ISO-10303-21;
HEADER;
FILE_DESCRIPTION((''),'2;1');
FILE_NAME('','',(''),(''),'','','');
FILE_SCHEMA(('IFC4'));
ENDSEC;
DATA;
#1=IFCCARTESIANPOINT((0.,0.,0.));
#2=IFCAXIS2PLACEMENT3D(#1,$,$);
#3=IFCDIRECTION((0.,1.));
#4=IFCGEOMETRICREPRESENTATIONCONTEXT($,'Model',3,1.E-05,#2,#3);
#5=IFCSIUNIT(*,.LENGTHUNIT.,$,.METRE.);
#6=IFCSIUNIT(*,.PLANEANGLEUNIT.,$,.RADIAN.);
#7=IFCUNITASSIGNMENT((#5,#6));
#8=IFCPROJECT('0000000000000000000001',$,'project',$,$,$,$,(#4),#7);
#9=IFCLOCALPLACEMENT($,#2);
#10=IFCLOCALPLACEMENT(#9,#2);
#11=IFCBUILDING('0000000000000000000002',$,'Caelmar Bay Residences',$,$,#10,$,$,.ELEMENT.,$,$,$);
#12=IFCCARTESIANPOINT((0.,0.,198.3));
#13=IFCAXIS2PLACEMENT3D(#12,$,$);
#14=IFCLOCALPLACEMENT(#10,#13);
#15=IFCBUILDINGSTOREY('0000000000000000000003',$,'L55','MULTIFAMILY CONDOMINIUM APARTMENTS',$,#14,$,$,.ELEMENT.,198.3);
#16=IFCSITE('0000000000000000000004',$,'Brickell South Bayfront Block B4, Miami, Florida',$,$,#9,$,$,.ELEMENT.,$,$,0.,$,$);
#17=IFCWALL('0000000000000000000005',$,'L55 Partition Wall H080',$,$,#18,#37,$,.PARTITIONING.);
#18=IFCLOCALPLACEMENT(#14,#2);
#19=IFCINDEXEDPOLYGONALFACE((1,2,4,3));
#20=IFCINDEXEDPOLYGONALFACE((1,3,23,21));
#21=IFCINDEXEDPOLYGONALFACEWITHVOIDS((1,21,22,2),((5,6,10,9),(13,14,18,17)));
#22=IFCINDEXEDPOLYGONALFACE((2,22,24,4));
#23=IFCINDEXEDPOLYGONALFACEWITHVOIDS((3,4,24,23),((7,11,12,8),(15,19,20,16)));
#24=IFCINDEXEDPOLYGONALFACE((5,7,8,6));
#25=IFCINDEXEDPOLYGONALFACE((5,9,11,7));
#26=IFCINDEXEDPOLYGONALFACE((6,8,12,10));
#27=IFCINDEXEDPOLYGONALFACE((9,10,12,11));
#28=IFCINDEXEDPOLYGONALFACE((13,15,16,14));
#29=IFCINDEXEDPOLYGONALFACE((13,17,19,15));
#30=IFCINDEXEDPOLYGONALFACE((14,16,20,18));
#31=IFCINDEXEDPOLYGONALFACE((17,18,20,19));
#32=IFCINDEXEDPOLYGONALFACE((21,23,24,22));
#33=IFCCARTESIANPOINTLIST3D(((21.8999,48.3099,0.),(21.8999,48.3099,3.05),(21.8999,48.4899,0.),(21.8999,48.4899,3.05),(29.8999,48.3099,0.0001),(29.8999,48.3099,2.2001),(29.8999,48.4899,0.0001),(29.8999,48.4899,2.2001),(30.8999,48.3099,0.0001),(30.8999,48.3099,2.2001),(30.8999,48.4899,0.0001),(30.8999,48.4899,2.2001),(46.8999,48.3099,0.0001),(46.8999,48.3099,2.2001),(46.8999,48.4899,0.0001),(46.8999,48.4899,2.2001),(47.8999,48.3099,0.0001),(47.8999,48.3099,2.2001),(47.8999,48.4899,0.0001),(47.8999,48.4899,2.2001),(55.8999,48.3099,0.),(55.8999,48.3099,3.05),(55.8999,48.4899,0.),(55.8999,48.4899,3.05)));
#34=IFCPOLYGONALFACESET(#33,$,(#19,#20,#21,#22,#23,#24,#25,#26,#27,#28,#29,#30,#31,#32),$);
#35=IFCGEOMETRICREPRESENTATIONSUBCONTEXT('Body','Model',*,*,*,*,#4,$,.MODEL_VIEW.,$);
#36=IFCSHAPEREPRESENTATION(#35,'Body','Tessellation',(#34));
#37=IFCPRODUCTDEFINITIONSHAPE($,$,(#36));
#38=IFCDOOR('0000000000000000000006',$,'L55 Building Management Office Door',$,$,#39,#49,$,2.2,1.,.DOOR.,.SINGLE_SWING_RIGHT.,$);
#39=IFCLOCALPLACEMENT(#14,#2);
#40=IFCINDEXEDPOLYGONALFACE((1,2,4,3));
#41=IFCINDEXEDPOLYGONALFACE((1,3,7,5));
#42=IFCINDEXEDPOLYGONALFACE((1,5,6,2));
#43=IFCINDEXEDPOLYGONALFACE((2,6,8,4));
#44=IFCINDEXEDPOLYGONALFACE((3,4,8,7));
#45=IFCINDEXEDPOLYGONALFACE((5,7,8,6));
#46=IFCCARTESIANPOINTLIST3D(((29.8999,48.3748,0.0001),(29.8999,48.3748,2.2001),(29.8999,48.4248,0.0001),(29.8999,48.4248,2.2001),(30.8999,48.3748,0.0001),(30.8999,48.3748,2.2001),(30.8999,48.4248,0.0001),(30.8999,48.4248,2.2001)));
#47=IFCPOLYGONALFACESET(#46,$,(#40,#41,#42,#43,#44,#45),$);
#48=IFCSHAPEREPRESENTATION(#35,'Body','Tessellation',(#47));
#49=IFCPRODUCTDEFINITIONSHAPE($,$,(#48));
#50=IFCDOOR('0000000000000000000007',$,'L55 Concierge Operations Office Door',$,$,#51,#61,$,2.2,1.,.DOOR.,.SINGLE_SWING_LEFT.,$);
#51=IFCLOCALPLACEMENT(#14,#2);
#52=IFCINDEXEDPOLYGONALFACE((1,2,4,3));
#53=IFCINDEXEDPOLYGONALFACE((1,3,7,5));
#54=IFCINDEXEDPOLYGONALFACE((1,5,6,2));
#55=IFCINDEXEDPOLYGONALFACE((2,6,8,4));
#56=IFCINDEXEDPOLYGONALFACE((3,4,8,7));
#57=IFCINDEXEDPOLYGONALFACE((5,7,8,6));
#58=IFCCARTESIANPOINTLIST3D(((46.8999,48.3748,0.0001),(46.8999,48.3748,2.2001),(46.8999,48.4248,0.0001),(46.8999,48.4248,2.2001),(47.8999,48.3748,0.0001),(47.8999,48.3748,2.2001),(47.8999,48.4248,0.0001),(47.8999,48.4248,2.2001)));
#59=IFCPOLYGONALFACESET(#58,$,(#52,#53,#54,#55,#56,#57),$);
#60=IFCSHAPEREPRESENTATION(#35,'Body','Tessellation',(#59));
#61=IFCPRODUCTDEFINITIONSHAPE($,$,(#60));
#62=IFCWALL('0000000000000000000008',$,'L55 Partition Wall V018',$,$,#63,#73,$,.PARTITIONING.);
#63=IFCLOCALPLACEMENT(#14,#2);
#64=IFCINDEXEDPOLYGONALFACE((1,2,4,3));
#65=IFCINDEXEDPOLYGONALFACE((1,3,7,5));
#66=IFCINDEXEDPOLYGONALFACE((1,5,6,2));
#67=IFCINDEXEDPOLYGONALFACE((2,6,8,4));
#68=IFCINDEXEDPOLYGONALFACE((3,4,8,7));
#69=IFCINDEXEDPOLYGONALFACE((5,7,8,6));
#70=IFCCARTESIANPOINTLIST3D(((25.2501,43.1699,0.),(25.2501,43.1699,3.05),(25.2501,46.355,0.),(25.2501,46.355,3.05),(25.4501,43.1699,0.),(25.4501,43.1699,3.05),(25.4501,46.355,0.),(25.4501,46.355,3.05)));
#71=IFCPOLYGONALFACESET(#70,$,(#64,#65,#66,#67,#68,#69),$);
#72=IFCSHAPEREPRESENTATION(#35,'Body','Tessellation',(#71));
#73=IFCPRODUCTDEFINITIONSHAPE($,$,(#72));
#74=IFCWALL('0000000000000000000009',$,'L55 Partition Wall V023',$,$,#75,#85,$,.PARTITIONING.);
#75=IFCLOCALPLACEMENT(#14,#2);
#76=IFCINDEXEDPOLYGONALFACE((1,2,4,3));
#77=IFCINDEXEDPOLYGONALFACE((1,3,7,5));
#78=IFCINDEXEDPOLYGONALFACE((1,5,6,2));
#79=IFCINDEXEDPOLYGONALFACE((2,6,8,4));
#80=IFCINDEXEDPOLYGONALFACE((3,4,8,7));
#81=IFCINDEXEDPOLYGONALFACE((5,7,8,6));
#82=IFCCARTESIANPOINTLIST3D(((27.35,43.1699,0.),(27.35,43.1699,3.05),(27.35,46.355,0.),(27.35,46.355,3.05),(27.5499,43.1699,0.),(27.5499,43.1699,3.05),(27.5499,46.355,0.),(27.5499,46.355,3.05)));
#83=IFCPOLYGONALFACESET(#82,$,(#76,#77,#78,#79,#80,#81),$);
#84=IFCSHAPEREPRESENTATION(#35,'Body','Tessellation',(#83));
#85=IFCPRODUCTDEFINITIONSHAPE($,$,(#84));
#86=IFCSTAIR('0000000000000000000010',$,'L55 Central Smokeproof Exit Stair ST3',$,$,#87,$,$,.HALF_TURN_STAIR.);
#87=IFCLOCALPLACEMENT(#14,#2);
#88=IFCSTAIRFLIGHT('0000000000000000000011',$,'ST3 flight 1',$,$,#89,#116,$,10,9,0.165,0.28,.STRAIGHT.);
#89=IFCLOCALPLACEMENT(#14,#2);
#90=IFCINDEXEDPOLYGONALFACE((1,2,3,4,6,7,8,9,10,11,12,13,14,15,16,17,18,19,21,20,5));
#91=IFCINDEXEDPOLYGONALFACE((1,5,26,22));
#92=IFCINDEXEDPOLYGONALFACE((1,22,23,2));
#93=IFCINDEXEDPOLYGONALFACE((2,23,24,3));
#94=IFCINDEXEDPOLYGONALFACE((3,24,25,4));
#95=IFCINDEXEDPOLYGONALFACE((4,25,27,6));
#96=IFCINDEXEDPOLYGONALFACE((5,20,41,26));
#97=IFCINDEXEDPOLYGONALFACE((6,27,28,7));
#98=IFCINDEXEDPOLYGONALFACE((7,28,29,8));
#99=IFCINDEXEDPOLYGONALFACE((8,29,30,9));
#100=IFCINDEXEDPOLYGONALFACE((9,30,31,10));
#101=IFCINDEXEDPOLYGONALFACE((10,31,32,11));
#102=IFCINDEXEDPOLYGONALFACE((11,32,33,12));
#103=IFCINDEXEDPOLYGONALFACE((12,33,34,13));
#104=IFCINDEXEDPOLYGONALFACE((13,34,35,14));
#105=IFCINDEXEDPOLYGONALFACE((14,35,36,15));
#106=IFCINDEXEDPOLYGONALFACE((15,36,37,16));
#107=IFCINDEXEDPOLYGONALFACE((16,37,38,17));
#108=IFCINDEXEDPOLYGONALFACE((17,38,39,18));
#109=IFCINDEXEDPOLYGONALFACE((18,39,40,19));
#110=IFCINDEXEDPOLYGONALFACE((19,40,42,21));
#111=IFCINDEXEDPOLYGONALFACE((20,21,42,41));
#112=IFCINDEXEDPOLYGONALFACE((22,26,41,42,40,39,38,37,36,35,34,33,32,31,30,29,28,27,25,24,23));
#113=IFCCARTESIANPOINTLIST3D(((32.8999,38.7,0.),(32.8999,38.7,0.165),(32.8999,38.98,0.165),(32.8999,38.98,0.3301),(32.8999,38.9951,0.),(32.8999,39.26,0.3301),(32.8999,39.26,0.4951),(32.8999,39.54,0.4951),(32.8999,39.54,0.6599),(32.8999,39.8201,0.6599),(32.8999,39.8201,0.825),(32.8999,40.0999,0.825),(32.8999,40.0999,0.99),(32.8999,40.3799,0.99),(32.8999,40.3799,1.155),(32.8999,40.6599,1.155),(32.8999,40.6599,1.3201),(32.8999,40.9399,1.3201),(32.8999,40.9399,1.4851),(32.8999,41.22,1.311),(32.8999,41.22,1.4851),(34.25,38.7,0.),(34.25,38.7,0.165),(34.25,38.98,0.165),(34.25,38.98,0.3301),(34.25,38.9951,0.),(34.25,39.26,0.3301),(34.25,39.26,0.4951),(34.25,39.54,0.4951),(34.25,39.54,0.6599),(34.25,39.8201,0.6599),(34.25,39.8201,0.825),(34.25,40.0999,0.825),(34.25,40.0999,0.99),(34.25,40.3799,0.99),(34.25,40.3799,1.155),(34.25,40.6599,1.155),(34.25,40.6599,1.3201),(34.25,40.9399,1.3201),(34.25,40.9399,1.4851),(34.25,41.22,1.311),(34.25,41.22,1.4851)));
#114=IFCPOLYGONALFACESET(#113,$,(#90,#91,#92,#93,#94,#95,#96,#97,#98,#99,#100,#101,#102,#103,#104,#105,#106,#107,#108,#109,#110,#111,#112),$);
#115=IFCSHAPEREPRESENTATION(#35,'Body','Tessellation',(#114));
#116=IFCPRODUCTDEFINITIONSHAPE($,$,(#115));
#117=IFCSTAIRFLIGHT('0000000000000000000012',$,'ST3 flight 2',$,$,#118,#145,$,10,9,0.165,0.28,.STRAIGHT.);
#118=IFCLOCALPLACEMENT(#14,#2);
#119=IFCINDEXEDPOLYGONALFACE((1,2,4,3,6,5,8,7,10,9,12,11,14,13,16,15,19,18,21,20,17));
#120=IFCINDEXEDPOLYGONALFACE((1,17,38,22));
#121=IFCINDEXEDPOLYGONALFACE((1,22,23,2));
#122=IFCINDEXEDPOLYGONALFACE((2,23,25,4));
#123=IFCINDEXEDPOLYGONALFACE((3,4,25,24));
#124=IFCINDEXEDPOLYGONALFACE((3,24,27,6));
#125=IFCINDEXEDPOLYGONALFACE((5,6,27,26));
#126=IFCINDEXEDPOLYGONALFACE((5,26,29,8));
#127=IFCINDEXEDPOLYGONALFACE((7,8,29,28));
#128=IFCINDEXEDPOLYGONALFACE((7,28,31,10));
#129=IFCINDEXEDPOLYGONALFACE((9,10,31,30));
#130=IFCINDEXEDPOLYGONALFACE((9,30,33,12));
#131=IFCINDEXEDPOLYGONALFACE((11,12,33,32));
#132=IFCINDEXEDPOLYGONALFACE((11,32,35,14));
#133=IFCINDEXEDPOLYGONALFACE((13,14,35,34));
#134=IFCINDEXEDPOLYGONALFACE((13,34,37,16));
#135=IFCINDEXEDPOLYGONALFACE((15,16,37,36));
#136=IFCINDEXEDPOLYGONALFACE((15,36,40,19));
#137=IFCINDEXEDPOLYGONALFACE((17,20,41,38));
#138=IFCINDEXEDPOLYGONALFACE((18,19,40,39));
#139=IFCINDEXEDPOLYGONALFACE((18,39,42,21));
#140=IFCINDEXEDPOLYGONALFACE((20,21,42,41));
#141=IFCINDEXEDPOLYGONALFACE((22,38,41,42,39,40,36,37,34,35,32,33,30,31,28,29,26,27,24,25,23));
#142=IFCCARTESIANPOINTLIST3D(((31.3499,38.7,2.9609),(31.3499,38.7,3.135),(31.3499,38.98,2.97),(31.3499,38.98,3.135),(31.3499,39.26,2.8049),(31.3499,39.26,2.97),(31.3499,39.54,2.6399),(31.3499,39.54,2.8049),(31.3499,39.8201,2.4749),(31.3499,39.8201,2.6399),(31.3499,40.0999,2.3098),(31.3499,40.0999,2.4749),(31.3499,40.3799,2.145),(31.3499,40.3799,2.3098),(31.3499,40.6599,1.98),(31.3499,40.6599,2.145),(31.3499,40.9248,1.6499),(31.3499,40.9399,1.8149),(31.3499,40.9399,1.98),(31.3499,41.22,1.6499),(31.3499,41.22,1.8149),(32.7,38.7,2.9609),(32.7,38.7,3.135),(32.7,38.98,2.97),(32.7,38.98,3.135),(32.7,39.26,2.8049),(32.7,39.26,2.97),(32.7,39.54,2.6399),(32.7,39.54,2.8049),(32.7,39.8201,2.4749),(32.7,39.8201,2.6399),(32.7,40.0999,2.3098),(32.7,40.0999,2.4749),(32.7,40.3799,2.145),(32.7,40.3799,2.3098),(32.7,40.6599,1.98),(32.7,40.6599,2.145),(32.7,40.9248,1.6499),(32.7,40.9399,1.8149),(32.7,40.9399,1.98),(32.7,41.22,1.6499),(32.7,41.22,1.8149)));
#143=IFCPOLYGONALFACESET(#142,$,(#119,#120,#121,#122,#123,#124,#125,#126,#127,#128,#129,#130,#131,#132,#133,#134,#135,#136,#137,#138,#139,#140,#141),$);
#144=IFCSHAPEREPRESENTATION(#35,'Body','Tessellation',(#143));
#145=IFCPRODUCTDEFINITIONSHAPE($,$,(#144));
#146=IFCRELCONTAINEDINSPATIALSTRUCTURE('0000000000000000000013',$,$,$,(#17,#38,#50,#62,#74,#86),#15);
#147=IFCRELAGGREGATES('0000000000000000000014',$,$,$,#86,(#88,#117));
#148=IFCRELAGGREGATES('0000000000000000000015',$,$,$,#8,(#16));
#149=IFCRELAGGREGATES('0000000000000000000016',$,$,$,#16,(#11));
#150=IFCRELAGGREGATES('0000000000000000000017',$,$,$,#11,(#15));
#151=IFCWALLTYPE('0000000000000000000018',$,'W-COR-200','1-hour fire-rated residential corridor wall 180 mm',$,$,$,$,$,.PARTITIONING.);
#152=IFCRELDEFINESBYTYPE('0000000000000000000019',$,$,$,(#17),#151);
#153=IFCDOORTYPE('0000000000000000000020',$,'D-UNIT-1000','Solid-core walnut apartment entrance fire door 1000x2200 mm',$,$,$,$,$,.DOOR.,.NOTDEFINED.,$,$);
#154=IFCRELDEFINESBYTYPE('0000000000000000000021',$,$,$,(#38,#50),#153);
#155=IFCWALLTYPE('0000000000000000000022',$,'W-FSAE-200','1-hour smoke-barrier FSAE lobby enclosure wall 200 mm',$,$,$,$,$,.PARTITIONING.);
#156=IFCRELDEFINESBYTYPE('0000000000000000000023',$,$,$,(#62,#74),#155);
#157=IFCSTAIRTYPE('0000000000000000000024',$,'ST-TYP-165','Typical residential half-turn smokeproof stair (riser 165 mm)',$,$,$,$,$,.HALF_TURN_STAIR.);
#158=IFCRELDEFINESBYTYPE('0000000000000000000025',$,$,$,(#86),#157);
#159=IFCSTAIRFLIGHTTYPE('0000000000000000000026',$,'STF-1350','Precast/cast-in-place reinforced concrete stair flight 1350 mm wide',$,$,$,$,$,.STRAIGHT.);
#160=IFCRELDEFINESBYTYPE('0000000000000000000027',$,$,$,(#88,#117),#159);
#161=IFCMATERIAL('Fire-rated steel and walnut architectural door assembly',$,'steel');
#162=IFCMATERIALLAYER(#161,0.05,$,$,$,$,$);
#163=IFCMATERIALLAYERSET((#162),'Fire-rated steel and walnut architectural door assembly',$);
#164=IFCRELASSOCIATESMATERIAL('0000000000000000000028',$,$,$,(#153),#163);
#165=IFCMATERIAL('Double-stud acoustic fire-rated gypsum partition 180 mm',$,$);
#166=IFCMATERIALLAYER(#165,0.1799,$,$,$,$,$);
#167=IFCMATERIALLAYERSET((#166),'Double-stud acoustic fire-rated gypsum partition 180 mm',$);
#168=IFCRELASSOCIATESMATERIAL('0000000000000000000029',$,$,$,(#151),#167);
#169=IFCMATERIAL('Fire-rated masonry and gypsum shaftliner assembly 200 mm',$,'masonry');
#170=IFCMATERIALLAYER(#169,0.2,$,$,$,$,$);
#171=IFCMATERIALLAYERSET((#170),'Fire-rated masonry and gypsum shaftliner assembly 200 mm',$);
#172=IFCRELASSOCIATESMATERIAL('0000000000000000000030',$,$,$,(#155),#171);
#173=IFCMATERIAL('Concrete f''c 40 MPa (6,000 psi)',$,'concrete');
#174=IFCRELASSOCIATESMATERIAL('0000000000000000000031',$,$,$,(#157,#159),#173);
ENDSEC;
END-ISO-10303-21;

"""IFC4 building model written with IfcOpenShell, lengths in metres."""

from ifc_helpers import new_model, si_unit, direction, frame, frame_2d, origin, place, context, subcontext, project, spatial, polyline, rectangle, outline, extrude, material, layer, layer_set, type_object, element, fill, aggregate, save


model = new_model("IFC4")

# Units and contexts
model_context = context("Model", 3, precision=1e-05, world=origin(), true_north=direction((0.0, 1.0)))
body_context = subcontext(model_context, "Body", "Model", "MODEL_VIEW")
ifc_project = project(units=[si_unit("LENGTHUNIT", "METRE"), si_unit("PLANEANGLEUNIT", "RADIAN")], contexts=[model_context])

# Site, building, storey
site_placement = place(None, origin())
site = spatial("IfcSite", under=ifc_project, at=site_placement, Name="Brickell South Bayfront Block B4, Miami, Florida", CompositionType="ELEMENT", RefElevation=0.0)
building_placement = place(site_placement, origin())
building = spatial("IfcBuilding", under=site, at=building_placement, Name="Caelmar Bay Residences", CompositionType="ELEMENT")
storey_placement = place(building_placement, frame((0.0, 0.0, 198.3)))
storey = spatial("IfcBuildingStorey", under=building, at=storey_placement, Name="L55", Description="MULTIFAMILY CONDOMINIUM APARTMENTS", CompositionType="ELEMENT", Elevation=198.3)

# Wall, openings, doors
ifc_material_1 = material(Name="Fire-rated steel and walnut architectural door assembly", Category="steel")
ifc_layer_1 = layer(ifc_material_1, 0.05)
ifc_layer_set_1 = layer_set([ifc_layer_1], Name="Fire-rated steel and walnut architectural door assembly")
door_type_1 = type_object("IfcDoorType", Name="D-UNIT-1000", Description="Solid-core walnut apartment entrance fire door 1000x2200 mm", OperationType="NOTDEFINED", PredefinedType="DOOR", material=ifc_layer_set_1)
ifc_material_2 = material(Name="Double-stud acoustic fire-rated gypsum partition 180 mm")
ifc_layer_2 = layer(ifc_material_2, 0.1799)
ifc_layer_set_2 = layer_set([ifc_layer_2], Name="Double-stud acoustic fire-rated gypsum partition 180 mm")
wall_type_1 = type_object("IfcWallType", Name="W-COR-200", Description="1-hour fire-rated residential corridor wall 180 mm", PredefinedType="PARTITIONING", material=ifc_layer_set_2)
wall_1_placement = place(storey_placement, frame((21.8999, 48.3999, 0.0), z_axis=(0.0, 0.0, 1.0), x_axis=(1.0, 0.0, 0.0)))
wall_1 = element("IfcWall", 1, at=wall_1_placement, inside=storey, type_object=wall_type_1, Name="L55 Partition Wall H080", PredefinedType="PARTITIONING", context=body_context, shape_type="SweptSolid", body=[
    extrude(rectangle(XDim=34.0, YDim=0.1799, at=frame_2d((17.0, 0.0))), origin(), (0.0, 0.0, 1.0), 3.05),
])
opening_1_placement = place(wall_1_placement, frame((8.0, 0.0, 0.0)))
opening_1 = element("IfcOpeningElement", 2, at=opening_1_placement, cuts=wall_1, PredefinedType="OPENING", context=body_context, shape_type="SweptSolid", body=[
    extrude(rectangle(XDim=1.0, YDim=2.2, at=frame_2d((0.5, 1.1001))), frame((0.0, 0.0999, 0.0), z_axis=(0.0, -1.0, 0.0), x_axis=(1.0, 0.0, 0.0)), (0.0, 0.0, 1.0), 0.2),
])
opening_2_placement = place(wall_1_placement, frame((25.0, 0.0, 0.0)))
opening_2 = element("IfcOpeningElement", 3, at=opening_2_placement, cuts=wall_1, PredefinedType="OPENING", context=body_context, shape_type="SweptSolid", body=[
    extrude(rectangle(XDim=1.0, YDim=2.2, at=frame_2d((0.5, 1.1001))), frame((0.0, 0.0999, 0.0), z_axis=(0.0, -1.0, 0.0), x_axis=(1.0, 0.0, 0.0)), (0.0, 0.0, 1.0), 0.2),
])
door_1_placement = place(opening_1_placement, origin())
door_1 = element("IfcDoor", 4, at=door_1_placement, inside=storey, type_object=door_type_1, Name="L55 Building Management Office Door", OperationType="SINGLE_SWING_RIGHT", OverallHeight=2.2, OverallWidth=1.0, PredefinedType="DOOR", context=body_context, shape_type="SweptSolid", body=[
    extrude(rectangle(XDim=1.0, YDim=2.2, at=frame_2d((0.5, 1.1001))), frame((0.0, 0.0249, 0.0), z_axis=(0.0, -1.0, 0.0), x_axis=(1.0, 0.0, 0.0)), (0.0, 0.0, 1.0), 0.05),
])
fill(opening_1, door_1)
door_2_placement = place(opening_2_placement, origin())
door_2 = element("IfcDoor", 5, at=door_2_placement, inside=storey, type_object=door_type_1, Name="L55 Concierge Operations Office Door", OperationType="SINGLE_SWING_LEFT", OverallHeight=2.2, OverallWidth=1.0, PredefinedType="DOOR", context=body_context, shape_type="SweptSolid", body=[
    extrude(rectangle(XDim=1.0, YDim=2.2, at=frame_2d((0.5, 1.1001))), frame((0.0, 0.0249, 0.0), z_axis=(0.0, -1.0, 0.0), x_axis=(1.0, 0.0, 0.0)), (0.0, 0.0, 1.0), 0.05),
])
fill(opening_2, door_2)

# Walls
ifc_material_3 = material(Name="Fire-rated masonry and gypsum shaftliner assembly 200 mm", Category="masonry")
ifc_layer_3 = layer(ifc_material_3, 0.2)
ifc_layer_set_3 = layer_set([ifc_layer_3], Name="Fire-rated masonry and gypsum shaftliner assembly 200 mm")
wall_type_2 = type_object("IfcWallType", Name="W-FSAE-200", Description="1-hour smoke-barrier FSAE lobby enclosure wall 200 mm", PredefinedType="PARTITIONING", material=ifc_layer_set_3)
for number, where, z_axis, x_axis, name in (
    (6, (25.3501, 43.1699, 0.0), (0.0, 0.0, 1.0), (0.0, 1.0, 0.0), "L55 Partition Wall V018"),
    (7, (27.45, 43.1699, 0.0), (0.0, 0.0, 1.0), (0.0, 1.0, 0.0), "L55 Partition Wall V023"),
):
    element("IfcWall", number, at=place(storey_placement, frame(where, z_axis=z_axis, x_axis=x_axis)), inside=storey, type_object=wall_type_2, Name=name, PredefinedType="PARTITIONING", context=body_context, shape_type="SweptSolid", body=[
        extrude(rectangle(XDim=3.1851, YDim=0.2, at=frame_2d((1.5925, 0.0))), origin(), (0.0, 0.0, 1.0), 3.05),
    ])

# Stair, stair flights
ifc_material_4 = material(Name="Concrete f'c 40 MPa (6,000 psi)", Category="concrete")
stair_type = type_object("IfcStairType", Name="ST-TYP-165", Description="Typical residential half-turn smokeproof stair (riser 165 mm)", PredefinedType="HALF_TURN_STAIR", material=ifc_material_4)
stair_placement = place(storey_placement, origin())
stair = element("IfcStair", 8, at=stair_placement, inside=storey, type_object=stair_type, Name="L55 Central Smokeproof Exit Stair ST3", PredefinedType="HALF_TURN_STAIR")
stair_flight_type = type_object("IfcStairFlightType", Name="STF-1350", Description="Precast/cast-in-place reinforced concrete stair flight 1350 mm wide", PredefinedType="STRAIGHT", material=ifc_material_4)
stair_flight_1_placement = place(storey_placement, frame((33.575, 38.7, 0.0), z_axis=(0.0, 0.0, 1.0), x_axis=(0.0, 1.0, 0.0)))
stair_flight_1 = element("IfcStairFlight", 9, at=stair_flight_1_placement, type_object=stair_flight_type, Name="ST3 flight 1", NumberOfRisers=10, NumberOfTreads=9, PredefinedType="STRAIGHT", RiserHeight=0.165, TreadLength=0.28, context=body_context, shape_type="SweptSolid", body=[
    extrude(outline(polyline([(0.0, 0.0), (0.0, 0.165), (0.28, 0.165), (0.28, 0.3301), (0.5601, 0.3301), (0.5601, 0.4951), (0.8401, 0.4951), (0.8401, 0.6599), (1.1201, 0.6599), (1.1201, 0.825), (1.3999, 0.825), (1.3999, 0.99), (1.6799, 0.99), (1.6799, 1.155), (1.96, 1.155), (1.96, 1.3201), (2.24, 1.3201), (2.24, 1.4851), (2.52, 1.4851), (2.52, 1.6499), (2.52, 1.311), (0.2952, 0.0), (0.0, 0.0)])), frame((0.0, 0.675, 0.0), z_axis=(0.0, -1.0, 0.0), x_axis=(1.0, 0.0, 0.0)), (0.0, 0.0, 1.0), 1.3501),
])
stair_flight_2_placement = place(storey_placement, frame((32.0249, 41.22, 1.6499), z_axis=(0.0, 0.0, 1.0), x_axis=(0.0, -1.0, 0.0)))
stair_flight_2 = element("IfcStairFlight", 10, at=stair_flight_2_placement, type_object=stair_flight_type, Name="ST3 flight 2", NumberOfRisers=10, NumberOfTreads=9, PredefinedType="STRAIGHT", RiserHeight=0.165, TreadLength=0.28, context=body_context, shape_type="SweptSolid", body=[
    extrude(outline(polyline([(0.0, 0.0), (0.0, 0.165), (0.28, 0.165), (0.28, 0.3301), (0.5601, 0.3301), (0.5601, 0.4951), (0.8401, 0.4951), (0.8401, 0.6599), (1.1201, 0.6599), (1.1201, 0.825), (1.3999, 0.825), (1.3999, 0.99), (1.6799, 0.99), (1.6799, 1.155), (1.96, 1.155), (1.96, 1.3201), (2.24, 1.3201), (2.24, 1.4851), (2.52, 1.4851), (2.52, 1.6499), (2.52, 1.311), (0.2952, 0.0), (0.0, 0.0)])), frame((0.0, 0.675, 0.0), z_axis=(0.0, -1.0, 0.0), x_axis=(1.0, 0.0, 0.0)), (0.0, 0.0, 1.0), 1.3501),
])
aggregate(stair, [stair_flight_1, stair_flight_2])

save(model, "model.ifc")
